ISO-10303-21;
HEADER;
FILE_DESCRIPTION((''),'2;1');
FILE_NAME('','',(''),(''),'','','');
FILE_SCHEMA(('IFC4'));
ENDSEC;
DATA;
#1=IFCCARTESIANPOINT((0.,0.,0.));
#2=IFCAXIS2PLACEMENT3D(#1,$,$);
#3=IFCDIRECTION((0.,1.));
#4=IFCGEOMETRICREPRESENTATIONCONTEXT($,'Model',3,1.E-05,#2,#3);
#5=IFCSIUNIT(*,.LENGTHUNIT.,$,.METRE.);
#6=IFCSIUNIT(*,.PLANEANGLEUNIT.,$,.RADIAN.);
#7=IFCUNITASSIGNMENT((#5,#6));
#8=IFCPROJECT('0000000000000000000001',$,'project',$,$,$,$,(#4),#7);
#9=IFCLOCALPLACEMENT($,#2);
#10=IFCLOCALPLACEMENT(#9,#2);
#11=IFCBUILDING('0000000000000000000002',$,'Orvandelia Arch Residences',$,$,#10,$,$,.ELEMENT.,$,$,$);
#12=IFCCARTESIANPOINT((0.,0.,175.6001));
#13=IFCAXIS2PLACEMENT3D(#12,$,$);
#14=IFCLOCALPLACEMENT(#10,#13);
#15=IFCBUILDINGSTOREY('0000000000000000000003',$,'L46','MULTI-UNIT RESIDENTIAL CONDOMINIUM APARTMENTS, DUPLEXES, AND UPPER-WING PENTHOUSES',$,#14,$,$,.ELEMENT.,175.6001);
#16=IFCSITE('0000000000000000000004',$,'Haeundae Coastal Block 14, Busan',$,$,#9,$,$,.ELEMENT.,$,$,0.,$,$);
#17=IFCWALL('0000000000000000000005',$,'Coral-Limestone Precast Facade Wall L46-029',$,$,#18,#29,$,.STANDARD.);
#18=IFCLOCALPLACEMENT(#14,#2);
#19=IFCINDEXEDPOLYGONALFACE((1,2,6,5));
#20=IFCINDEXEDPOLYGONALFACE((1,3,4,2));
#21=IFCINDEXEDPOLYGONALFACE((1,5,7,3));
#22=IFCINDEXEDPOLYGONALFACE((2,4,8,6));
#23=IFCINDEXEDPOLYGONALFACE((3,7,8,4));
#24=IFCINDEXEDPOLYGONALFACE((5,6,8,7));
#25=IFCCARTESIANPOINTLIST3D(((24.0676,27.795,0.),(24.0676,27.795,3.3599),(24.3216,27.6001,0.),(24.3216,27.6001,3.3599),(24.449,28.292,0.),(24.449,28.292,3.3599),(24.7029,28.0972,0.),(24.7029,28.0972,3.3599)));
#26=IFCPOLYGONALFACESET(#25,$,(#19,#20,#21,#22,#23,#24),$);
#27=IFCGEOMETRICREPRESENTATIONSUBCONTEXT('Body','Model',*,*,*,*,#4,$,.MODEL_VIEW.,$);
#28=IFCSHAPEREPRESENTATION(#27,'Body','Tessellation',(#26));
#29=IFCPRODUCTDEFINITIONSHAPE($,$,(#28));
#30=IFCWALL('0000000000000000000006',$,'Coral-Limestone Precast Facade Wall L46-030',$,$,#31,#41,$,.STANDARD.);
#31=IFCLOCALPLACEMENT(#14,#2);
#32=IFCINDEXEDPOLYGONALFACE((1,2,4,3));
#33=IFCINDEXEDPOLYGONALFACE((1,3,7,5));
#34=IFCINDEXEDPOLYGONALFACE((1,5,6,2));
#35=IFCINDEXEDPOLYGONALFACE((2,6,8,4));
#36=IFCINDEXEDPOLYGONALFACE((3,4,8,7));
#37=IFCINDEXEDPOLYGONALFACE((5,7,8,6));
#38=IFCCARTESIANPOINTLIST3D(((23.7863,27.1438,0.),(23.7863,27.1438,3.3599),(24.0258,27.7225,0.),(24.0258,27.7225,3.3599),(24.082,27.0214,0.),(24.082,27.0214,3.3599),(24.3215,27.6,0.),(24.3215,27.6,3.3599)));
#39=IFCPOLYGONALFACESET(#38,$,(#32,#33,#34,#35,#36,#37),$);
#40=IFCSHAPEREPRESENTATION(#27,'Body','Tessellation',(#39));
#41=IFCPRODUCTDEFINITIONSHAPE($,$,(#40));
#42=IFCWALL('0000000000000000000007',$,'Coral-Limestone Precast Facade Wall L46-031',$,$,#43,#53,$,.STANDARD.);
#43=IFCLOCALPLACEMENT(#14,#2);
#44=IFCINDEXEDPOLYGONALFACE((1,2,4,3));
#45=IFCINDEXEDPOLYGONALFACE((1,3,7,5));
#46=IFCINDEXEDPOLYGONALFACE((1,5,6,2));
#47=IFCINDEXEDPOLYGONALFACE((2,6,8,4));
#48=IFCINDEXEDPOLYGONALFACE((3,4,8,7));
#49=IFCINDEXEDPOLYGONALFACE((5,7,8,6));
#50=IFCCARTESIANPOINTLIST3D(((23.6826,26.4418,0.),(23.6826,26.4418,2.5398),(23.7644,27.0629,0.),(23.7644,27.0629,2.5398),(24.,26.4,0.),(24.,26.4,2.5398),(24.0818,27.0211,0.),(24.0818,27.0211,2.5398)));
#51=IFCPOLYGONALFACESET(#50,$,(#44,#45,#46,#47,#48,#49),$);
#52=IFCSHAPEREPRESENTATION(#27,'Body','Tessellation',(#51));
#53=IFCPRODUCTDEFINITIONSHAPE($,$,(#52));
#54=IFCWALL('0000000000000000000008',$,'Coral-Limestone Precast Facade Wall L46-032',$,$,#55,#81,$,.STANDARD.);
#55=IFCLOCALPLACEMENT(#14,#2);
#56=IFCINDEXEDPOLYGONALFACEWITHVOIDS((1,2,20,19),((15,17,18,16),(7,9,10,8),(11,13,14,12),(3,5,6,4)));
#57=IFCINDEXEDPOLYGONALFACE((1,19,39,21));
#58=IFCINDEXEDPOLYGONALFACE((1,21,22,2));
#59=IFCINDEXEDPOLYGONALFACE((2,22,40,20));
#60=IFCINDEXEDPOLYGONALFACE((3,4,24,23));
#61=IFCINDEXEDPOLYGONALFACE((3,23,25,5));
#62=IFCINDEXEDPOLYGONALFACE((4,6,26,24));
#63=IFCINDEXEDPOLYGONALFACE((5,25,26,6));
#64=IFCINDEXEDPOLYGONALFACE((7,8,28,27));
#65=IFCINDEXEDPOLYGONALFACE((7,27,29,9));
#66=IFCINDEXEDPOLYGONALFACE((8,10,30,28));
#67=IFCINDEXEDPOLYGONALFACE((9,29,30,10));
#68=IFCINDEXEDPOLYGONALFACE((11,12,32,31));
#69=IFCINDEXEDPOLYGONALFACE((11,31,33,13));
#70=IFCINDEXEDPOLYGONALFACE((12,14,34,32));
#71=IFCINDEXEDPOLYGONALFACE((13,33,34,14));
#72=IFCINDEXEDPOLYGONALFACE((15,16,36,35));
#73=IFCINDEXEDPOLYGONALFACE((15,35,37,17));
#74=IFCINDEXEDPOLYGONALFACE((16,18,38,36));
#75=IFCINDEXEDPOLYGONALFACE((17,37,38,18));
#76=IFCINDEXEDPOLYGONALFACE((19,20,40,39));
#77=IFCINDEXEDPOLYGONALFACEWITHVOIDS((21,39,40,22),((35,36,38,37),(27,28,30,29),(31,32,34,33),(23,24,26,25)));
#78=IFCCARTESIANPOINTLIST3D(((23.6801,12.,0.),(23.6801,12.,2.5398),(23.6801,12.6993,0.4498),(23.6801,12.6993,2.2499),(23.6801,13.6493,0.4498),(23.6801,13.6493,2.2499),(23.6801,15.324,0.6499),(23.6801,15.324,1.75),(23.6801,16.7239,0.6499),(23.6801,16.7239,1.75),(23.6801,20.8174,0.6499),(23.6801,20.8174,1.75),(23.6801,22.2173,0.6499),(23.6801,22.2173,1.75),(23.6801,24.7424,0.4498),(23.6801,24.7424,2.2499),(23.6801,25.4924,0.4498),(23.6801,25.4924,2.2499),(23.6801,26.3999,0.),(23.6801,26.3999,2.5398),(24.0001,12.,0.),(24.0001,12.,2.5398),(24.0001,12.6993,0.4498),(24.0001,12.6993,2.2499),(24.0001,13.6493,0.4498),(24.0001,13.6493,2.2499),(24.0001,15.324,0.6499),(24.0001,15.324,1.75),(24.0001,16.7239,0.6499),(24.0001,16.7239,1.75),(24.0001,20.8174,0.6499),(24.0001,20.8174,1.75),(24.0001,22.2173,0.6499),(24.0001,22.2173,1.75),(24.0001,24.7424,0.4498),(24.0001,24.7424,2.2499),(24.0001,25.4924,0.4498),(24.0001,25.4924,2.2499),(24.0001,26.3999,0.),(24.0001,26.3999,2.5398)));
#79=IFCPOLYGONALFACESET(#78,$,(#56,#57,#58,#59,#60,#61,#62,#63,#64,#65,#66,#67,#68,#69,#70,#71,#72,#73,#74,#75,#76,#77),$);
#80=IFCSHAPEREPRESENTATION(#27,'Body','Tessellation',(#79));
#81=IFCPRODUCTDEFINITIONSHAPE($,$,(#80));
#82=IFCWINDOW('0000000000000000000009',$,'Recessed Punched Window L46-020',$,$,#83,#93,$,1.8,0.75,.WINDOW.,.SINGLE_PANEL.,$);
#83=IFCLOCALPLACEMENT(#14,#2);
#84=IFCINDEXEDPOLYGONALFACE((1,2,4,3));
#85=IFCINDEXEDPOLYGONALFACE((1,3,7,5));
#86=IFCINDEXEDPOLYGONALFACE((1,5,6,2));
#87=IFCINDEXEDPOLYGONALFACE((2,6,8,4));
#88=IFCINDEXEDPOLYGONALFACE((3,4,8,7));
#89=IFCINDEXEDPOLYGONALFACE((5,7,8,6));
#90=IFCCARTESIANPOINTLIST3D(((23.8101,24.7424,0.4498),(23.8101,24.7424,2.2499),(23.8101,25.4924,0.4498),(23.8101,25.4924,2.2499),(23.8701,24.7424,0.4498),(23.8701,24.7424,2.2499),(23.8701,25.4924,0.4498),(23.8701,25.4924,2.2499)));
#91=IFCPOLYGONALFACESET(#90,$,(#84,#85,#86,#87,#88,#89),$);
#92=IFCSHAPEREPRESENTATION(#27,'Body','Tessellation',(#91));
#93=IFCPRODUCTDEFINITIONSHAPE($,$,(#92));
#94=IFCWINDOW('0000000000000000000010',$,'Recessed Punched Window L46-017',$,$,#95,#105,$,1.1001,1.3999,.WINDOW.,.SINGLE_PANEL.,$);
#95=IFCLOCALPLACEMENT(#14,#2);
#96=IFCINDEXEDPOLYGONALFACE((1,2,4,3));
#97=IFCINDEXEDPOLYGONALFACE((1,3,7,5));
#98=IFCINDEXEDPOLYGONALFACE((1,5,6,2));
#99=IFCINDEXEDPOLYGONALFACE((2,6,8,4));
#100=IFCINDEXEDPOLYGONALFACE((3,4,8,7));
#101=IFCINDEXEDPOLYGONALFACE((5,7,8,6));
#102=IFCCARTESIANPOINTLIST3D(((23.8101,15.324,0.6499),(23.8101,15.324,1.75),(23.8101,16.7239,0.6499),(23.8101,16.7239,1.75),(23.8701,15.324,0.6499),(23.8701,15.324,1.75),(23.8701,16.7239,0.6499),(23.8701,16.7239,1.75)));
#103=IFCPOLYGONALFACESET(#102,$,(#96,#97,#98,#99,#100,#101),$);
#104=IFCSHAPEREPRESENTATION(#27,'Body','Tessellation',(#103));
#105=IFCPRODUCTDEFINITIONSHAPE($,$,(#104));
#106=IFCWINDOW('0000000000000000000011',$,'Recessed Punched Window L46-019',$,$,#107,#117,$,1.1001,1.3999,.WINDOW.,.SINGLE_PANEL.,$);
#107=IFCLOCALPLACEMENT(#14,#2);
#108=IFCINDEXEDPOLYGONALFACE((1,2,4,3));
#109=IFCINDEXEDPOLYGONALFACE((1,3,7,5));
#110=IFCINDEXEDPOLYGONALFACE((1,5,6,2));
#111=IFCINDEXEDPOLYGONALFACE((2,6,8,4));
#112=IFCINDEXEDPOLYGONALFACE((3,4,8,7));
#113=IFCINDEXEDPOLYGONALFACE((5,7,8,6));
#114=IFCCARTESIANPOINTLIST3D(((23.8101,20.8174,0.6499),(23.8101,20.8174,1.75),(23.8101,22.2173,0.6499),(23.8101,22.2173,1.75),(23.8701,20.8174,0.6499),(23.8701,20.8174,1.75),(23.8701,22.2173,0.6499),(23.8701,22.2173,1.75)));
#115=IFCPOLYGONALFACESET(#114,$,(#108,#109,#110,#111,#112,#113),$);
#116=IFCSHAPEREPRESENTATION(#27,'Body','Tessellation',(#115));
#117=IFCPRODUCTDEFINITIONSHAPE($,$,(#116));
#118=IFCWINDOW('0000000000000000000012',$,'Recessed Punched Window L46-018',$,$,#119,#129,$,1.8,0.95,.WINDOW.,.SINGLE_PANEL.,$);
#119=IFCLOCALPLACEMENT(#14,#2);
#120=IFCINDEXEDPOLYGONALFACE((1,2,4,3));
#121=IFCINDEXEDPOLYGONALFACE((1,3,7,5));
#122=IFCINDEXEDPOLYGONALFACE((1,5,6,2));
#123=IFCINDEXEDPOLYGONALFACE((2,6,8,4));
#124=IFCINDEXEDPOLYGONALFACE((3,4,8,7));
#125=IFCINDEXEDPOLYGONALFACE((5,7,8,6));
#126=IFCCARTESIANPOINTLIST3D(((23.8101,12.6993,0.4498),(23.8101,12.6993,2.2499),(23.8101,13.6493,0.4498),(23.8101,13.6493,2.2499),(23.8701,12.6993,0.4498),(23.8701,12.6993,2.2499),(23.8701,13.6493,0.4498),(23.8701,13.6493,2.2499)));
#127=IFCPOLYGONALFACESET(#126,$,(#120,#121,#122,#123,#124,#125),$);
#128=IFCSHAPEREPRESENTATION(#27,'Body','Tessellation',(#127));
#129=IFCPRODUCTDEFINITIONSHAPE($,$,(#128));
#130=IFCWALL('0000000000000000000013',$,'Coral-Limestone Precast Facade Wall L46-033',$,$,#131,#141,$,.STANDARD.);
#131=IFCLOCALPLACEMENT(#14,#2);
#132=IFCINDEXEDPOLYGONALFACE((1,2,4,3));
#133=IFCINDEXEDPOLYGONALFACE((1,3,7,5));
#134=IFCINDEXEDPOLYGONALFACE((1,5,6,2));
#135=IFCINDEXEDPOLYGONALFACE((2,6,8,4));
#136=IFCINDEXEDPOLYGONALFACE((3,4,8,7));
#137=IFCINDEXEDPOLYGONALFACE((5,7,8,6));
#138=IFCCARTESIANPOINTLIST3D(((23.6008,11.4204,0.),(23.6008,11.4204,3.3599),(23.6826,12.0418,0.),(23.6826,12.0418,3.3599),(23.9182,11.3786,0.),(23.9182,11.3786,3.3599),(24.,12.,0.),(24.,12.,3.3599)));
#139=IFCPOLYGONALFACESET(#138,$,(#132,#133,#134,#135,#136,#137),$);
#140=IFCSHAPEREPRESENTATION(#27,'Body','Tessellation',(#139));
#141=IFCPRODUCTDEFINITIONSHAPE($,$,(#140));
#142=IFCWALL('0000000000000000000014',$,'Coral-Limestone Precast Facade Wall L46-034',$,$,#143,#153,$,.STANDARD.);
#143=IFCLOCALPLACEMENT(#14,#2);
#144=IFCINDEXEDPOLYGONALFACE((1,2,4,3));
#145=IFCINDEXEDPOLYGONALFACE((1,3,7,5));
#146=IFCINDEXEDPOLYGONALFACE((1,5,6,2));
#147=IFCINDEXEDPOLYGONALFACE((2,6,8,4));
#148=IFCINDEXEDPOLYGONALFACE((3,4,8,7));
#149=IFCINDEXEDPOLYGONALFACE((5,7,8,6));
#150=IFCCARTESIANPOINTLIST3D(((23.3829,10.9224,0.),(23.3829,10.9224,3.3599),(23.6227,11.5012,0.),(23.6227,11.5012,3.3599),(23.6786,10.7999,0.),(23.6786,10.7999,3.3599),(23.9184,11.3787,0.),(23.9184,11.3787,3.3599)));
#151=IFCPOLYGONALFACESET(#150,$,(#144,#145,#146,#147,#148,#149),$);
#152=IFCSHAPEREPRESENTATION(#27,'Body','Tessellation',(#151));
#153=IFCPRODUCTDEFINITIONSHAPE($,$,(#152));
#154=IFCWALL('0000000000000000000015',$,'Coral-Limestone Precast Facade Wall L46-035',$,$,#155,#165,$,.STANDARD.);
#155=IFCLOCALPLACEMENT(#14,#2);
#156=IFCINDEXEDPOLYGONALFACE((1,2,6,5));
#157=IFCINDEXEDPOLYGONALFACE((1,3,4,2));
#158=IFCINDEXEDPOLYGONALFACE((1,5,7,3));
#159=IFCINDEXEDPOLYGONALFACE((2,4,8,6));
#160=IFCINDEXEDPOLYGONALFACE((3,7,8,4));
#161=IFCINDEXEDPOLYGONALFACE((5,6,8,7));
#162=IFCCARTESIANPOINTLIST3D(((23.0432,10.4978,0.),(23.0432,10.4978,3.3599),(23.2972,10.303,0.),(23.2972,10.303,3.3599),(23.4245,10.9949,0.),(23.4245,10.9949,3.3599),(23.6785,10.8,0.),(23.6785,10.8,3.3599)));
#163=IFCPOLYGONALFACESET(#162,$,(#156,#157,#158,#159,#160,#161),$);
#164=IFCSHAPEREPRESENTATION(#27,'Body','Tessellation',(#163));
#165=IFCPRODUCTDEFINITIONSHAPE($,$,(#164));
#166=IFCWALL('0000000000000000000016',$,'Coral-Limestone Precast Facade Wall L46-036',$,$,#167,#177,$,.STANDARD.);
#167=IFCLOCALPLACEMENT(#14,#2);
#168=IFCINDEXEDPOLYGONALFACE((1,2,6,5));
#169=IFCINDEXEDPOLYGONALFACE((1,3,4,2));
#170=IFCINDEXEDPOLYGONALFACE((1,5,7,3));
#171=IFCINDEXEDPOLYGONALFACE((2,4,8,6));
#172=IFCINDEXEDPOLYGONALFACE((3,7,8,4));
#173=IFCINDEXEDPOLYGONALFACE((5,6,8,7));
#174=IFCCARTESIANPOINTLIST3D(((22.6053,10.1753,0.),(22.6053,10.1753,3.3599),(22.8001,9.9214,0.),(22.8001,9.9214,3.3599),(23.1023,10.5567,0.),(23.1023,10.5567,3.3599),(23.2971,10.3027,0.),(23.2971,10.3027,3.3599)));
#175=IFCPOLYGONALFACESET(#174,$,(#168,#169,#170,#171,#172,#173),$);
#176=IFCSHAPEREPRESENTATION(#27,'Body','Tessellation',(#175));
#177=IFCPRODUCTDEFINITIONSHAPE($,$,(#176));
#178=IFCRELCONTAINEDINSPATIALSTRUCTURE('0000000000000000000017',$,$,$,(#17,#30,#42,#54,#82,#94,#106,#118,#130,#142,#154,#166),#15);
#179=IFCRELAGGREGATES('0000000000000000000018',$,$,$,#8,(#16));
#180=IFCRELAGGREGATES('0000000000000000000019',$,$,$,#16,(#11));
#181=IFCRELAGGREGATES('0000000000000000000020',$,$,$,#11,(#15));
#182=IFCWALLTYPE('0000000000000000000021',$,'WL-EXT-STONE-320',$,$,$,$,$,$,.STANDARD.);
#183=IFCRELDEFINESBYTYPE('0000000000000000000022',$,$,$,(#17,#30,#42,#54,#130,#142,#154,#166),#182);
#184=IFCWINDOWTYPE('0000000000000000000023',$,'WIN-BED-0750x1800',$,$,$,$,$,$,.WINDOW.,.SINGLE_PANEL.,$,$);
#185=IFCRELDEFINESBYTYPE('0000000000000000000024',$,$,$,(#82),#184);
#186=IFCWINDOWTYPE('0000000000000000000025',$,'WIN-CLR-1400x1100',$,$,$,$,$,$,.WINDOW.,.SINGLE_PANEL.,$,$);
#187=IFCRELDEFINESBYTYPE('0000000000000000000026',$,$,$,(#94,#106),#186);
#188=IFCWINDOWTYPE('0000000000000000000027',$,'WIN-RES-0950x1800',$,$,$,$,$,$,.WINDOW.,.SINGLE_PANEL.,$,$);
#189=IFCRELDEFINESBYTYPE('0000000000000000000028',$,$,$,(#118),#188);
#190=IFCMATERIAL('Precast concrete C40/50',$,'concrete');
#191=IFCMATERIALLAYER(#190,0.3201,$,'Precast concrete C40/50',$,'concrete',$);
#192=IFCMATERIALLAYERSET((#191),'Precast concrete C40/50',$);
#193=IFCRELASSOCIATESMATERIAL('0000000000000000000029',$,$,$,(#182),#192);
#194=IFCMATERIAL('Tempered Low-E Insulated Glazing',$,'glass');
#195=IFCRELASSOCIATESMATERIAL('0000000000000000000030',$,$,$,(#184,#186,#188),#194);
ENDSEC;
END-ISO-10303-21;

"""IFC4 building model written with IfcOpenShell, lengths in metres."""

from ifc_helpers import new_model, si_unit, direction, frame, frame_2d, origin, place, context, subcontext, project, spatial, rectangle, extrude, material, layer, layer_set, type_object, element, fill, save


model = new_model("IFC4")

# Units and contexts
model_context = context("Model", 3, precision=1e-05, world=origin(), true_north=direction((0.0, 1.0)))
body_context = subcontext(model_context, "Body", "Model", "MODEL_VIEW")
ifc_project = project(units=[si_unit("LENGTHUNIT", "METRE"), si_unit("PLANEANGLEUNIT", "RADIAN")], contexts=[model_context])

# Site, building, storey
site_placement = place(None, origin())
site = spatial("IfcSite", under=ifc_project, at=site_placement, Name="Haeundae Coastal Block 14, Busan", CompositionType="ELEMENT", RefElevation=0.0)
building_placement = place(site_placement, origin())
building = spatial("IfcBuilding", under=site, at=building_placement, Name="Orvandelia Arch Residences", CompositionType="ELEMENT")
storey_placement = place(building_placement, frame((0.0, 0.0, 175.6001)))
storey = spatial("IfcBuildingStorey", under=building, at=storey_placement, Name="L46", Description="MULTI-UNIT RESIDENTIAL CONDOMINIUM APARTMENTS, DUPLEXES, AND UPPER-WING PENTHOUSES", CompositionType="ELEMENT", Elevation=175.6001)

# Walls
ifc_material_1 = material(Name="Precast concrete C40/50", Category="concrete")
ifc_layer = layer(ifc_material_1, 0.3201, Name="Precast concrete C40/50", Category="concrete")
ifc_layer_set = layer_set([ifc_layer], Name="Precast concrete C40/50")
wall_type = type_object("IfcWallType", Name="WL-EXT-STONE-320", PredefinedType="STANDARD", material=ifc_layer_set)
for number, where, z_axis, x_axis, name in (
    (1, (24.5759, 28.1946, 0.0), (0.0, 0.0, 1.0), (-0.608693, -0.793406, 0.0), "Coral-Limestone Precast Facade Wall L46-029"),
):
    element("IfcWall", number, at=place(storey_placement, frame(where, z_axis=z_axis, x_axis=x_axis)), inside=storey, type_object=wall_type, Name=name, PredefinedType="STANDARD", context=body_context, shape_type="SweptSolid", body=[
        extrude(rectangle(XDim=0.6265, YDim=0.3201, at=frame_2d((0.3132, 0.0))), origin(), (0.0, 0.0, 1.0), 3.3599),
    ])
wall_1_placement = place(storey_placement, frame((24.1736, 27.6611, 0.0), z_axis=(0.0, 0.0, 1.0), x_axis=(-0.382455, -0.923974, 0.0)))
element("IfcWall", 2, at=wall_1_placement, inside=storey, type_object=wall_type, Name="Coral-Limestone Precast Facade Wall L46-030", PredefinedType="STANDARD", context=body_context, shape_type="SweptSolid", body=[
    extrude(rectangle(XDim=0.6262, YDim=0.3201, at=frame_2d((0.313, 0.0))), origin(), (0.0, 0.0, 1.0), 3.3599),
])
wall_2_placement = place(storey_placement, frame((23.9231, 27.042, 0.0), z_axis=(0.0, 0.0, 1.0), x_axis=(-0.130555, -0.991441, 0.0)))
element("IfcWall", 3, at=wall_2_placement, inside=storey, type_object=wall_type, Name="Coral-Limestone Precast Facade Wall L46-031", PredefinedType="STANDARD", context=body_context, shape_type="SweptSolid", body=[
    extrude(rectangle(XDim=0.6265, YDim=0.3201, at=frame_2d((0.3132, 0.0))), origin(), (0.0, 0.0, 1.0), 2.5398),
])

# Wall, openings, windows
wall_3_placement = place(storey_placement, frame((23.8401, 26.3999, 0.0), z_axis=(0.0, 0.0, 1.0), x_axis=(0.0, -1.0, 0.0)))
wall_3 = element("IfcWall", 4, at=wall_3_placement, inside=storey, type_object=wall_type, Name="Coral-Limestone Precast Facade Wall L46-032", PredefinedType="STANDARD", context=body_context, shape_type="SweptSolid", body=[
    extrude(rectangle(XDim=14.3999, YDim=0.3201, at=frame_2d((7.2, 0.0))), origin(), (0.0, 0.0, 1.0), 2.5398),
])
opening_1_placement = place(wall_3_placement, frame((9.676, 0.0, 0.6499)))
opening_1 = element("IfcOpeningElement", 5, at=opening_1_placement, cuts=wall_3, PredefinedType="OPENING", context=body_context, shape_type="SweptSolid", body=[
    extrude(rectangle(XDim=1.3999, YDim=1.1001, at=frame_2d((0.7, 0.55))), frame((0.0, 0.1699, 0.0), z_axis=(0.0, -1.0, 0.0), x_axis=(1.0, 0.0, 0.0)), (0.0, 0.0, 1.0), 0.3401),
])
opening_2_placement = place(wall_3_placement, frame((12.7505, 0.0, 0.45)))
opening_2 = element("IfcOpeningElement", 6, at=opening_2_placement, cuts=wall_3, PredefinedType="OPENING", context=body_context, shape_type="SweptSolid", body=[
    extrude(rectangle(XDim=0.95, YDim=1.8, at=frame_2d((0.4751, 0.8999))), frame((0.0, 0.1699, 0.0), z_axis=(0.0, -1.0, 0.0), x_axis=(1.0, 0.0, 0.0)), (0.0, 0.0, 1.0), 0.3401),
])
opening_3_placement = place(wall_3_placement, frame((4.1826, 0.0, 0.6499)))
opening_3 = element("IfcOpeningElement", 7, at=opening_3_placement, cuts=wall_3, PredefinedType="OPENING", context=body_context, shape_type="SweptSolid", body=[
    extrude(rectangle(XDim=1.3999, YDim=1.1001, at=frame_2d((0.7, 0.55))), frame((0.0, 0.1699, 0.0), z_axis=(0.0, -1.0, 0.0), x_axis=(1.0, 0.0, 0.0)), (0.0, 0.0, 1.0), 0.3401),
])
opening_4_placement = place(wall_3_placement, frame((0.9075, 0.0, 0.45)))
opening_4 = element("IfcOpeningElement", 8, at=opening_4_placement, cuts=wall_3, PredefinedType="OPENING", context=body_context, shape_type="SweptSolid", body=[
    extrude(rectangle(XDim=0.75, YDim=1.8, at=frame_2d((0.375, 0.8999))), frame((0.0, 0.1699, 0.0), z_axis=(0.0, -1.0, 0.0), x_axis=(1.0, 0.0, 0.0)), (0.0, 0.0, 1.0), 0.3401),
])
ifc_material_2 = material(Name="Tempered Low-E Insulated Glazing", Category="glass")
window_type_1 = type_object("IfcWindowType", Name="WIN-BED-0750x1800", PartitioningType="SINGLE_PANEL", PredefinedType="WINDOW", material=ifc_material_2)
window_1_placement = place(opening_4_placement, origin())
window_1 = element("IfcWindow", 9, at=window_1_placement, inside=storey, type_object=window_type_1, Name="Recessed Punched Window L46-020", OverallHeight=1.8, OverallWidth=0.75, PartitioningType="SINGLE_PANEL", PredefinedType="WINDOW", context=body_context, shape_type="SweptSolid", body=[
    extrude(rectangle(XDim=0.75, YDim=1.8, at=frame_2d((0.375, 0.8999))), frame((0.0, 0.03, 0.0), z_axis=(0.0, -1.0, 0.0), x_axis=(1.0, 0.0, 0.0)), (0.0, 0.0, 1.0), 0.0601),
])
fill(opening_4, window_1)
window_type_2 = type_object("IfcWindowType", Name="WIN-CLR-1400x1100", PartitioningType="SINGLE_PANEL", PredefinedType="WINDOW", material=ifc_material_2)
window_2_placement = place(opening_1_placement, origin())
window_2 = element("IfcWindow", 10, at=window_2_placement, inside=storey, type_object=window_type_2, Name="Recessed Punched Window L46-017", OverallHeight=1.1001, OverallWidth=1.3999, PartitioningType="SINGLE_PANEL", PredefinedType="WINDOW", context=body_context, shape_type="SweptSolid", body=[
    extrude(rectangle(XDim=1.3999, YDim=1.1001, at=frame_2d((0.7, 0.55))), frame((0.0, 0.03, 0.0), z_axis=(0.0, -1.0, 0.0), x_axis=(1.0, 0.0, 0.0)), (0.0, 0.0, 1.0), 0.0601),
])
fill(opening_1, window_2)
window_3_placement = place(opening_3_placement, origin())
window_3 = element("IfcWindow", 11, at=window_3_placement, inside=storey, type_object=window_type_2, Name="Recessed Punched Window L46-019", OverallHeight=1.1001, OverallWidth=1.3999, PartitioningType="SINGLE_PANEL", PredefinedType="WINDOW", context=body_context, shape_type="SweptSolid", body=[
    extrude(rectangle(XDim=1.3999, YDim=1.1001, at=frame_2d((0.7, 0.55))), frame((0.0, 0.03, 0.0), z_axis=(0.0, -1.0, 0.0), x_axis=(1.0, 0.0, 0.0)), (0.0, 0.0, 1.0), 0.0601),
])
fill(opening_3, window_3)
window_type_3 = type_object("IfcWindowType", Name="WIN-RES-0950x1800", PartitioningType="SINGLE_PANEL", PredefinedType="WINDOW", material=ifc_material_2)
window_4_placement = place(opening_2_placement, origin())
window_4 = element("IfcWindow", 12, at=window_4_placement, inside=storey, type_object=window_type_3, Name="Recessed Punched Window L46-018", OverallHeight=1.8, OverallWidth=0.95, PartitioningType="SINGLE_PANEL", PredefinedType="WINDOW", context=body_context, shape_type="SweptSolid", body=[
    extrude(rectangle(XDim=0.95, YDim=1.8, at=frame_2d((0.4751, 0.8999))), frame((0.0, 0.03, 0.0), z_axis=(0.0, -1.0, 0.0), x_axis=(1.0, 0.0, 0.0)), (0.0, 0.0, 1.0), 0.0601),
])
fill(opening_2, window_4)

# Walls
wall_4_placement = place(storey_placement, frame((23.8413, 12.021, 0.0), z_axis=(0.0, 0.0, 1.0), x_axis=(-0.130505, -0.991448, 0.0)))
element("IfcWall", 13, at=wall_4_placement, inside=storey, type_object=wall_type, Name="Coral-Limestone Precast Facade Wall L46-033", PredefinedType="STANDARD", context=body_context, shape_type="SweptSolid", body=[
    extrude(rectangle(XDim=0.6267, YDim=0.3201, at=frame_2d((0.3135, 0.0))), origin(), (0.0, 0.0, 1.0), 3.3599),
])
for number, where, z_axis, x_axis, name in (
    (14, (23.7705, 11.4399, 0.0), (0.0, 0.0, 1.0), (-0.38265, -0.923893, 0.0), "Coral-Limestone Precast Facade Wall L46-034"),
    (15, (23.5515, 10.8975, 0.0), (0.0, 0.0, 1.0), (-0.608693, -0.793406, 0.0), "Coral-Limestone Precast Facade Wall L46-035"),
    (16, (23.1997, 10.4297, 0.0), (0.0, 0.0, 1.0), (-0.793406, -0.608693, 0.0), "Coral-Limestone Precast Facade Wall L46-036"),
):
    element("IfcWall", number, at=place(storey_placement, frame(where, z_axis=z_axis, x_axis=x_axis)), inside=storey, type_object=wall_type, Name=name, PredefinedType="STANDARD", context=body_context, shape_type="SweptSolid", body=[
        extrude(rectangle(XDim=0.6265, YDim=0.3201, at=frame_2d((0.3132, 0.0))), origin(), (0.0, 0.0, 1.0), 3.3599),
    ])

save(model, "model.ifc")
